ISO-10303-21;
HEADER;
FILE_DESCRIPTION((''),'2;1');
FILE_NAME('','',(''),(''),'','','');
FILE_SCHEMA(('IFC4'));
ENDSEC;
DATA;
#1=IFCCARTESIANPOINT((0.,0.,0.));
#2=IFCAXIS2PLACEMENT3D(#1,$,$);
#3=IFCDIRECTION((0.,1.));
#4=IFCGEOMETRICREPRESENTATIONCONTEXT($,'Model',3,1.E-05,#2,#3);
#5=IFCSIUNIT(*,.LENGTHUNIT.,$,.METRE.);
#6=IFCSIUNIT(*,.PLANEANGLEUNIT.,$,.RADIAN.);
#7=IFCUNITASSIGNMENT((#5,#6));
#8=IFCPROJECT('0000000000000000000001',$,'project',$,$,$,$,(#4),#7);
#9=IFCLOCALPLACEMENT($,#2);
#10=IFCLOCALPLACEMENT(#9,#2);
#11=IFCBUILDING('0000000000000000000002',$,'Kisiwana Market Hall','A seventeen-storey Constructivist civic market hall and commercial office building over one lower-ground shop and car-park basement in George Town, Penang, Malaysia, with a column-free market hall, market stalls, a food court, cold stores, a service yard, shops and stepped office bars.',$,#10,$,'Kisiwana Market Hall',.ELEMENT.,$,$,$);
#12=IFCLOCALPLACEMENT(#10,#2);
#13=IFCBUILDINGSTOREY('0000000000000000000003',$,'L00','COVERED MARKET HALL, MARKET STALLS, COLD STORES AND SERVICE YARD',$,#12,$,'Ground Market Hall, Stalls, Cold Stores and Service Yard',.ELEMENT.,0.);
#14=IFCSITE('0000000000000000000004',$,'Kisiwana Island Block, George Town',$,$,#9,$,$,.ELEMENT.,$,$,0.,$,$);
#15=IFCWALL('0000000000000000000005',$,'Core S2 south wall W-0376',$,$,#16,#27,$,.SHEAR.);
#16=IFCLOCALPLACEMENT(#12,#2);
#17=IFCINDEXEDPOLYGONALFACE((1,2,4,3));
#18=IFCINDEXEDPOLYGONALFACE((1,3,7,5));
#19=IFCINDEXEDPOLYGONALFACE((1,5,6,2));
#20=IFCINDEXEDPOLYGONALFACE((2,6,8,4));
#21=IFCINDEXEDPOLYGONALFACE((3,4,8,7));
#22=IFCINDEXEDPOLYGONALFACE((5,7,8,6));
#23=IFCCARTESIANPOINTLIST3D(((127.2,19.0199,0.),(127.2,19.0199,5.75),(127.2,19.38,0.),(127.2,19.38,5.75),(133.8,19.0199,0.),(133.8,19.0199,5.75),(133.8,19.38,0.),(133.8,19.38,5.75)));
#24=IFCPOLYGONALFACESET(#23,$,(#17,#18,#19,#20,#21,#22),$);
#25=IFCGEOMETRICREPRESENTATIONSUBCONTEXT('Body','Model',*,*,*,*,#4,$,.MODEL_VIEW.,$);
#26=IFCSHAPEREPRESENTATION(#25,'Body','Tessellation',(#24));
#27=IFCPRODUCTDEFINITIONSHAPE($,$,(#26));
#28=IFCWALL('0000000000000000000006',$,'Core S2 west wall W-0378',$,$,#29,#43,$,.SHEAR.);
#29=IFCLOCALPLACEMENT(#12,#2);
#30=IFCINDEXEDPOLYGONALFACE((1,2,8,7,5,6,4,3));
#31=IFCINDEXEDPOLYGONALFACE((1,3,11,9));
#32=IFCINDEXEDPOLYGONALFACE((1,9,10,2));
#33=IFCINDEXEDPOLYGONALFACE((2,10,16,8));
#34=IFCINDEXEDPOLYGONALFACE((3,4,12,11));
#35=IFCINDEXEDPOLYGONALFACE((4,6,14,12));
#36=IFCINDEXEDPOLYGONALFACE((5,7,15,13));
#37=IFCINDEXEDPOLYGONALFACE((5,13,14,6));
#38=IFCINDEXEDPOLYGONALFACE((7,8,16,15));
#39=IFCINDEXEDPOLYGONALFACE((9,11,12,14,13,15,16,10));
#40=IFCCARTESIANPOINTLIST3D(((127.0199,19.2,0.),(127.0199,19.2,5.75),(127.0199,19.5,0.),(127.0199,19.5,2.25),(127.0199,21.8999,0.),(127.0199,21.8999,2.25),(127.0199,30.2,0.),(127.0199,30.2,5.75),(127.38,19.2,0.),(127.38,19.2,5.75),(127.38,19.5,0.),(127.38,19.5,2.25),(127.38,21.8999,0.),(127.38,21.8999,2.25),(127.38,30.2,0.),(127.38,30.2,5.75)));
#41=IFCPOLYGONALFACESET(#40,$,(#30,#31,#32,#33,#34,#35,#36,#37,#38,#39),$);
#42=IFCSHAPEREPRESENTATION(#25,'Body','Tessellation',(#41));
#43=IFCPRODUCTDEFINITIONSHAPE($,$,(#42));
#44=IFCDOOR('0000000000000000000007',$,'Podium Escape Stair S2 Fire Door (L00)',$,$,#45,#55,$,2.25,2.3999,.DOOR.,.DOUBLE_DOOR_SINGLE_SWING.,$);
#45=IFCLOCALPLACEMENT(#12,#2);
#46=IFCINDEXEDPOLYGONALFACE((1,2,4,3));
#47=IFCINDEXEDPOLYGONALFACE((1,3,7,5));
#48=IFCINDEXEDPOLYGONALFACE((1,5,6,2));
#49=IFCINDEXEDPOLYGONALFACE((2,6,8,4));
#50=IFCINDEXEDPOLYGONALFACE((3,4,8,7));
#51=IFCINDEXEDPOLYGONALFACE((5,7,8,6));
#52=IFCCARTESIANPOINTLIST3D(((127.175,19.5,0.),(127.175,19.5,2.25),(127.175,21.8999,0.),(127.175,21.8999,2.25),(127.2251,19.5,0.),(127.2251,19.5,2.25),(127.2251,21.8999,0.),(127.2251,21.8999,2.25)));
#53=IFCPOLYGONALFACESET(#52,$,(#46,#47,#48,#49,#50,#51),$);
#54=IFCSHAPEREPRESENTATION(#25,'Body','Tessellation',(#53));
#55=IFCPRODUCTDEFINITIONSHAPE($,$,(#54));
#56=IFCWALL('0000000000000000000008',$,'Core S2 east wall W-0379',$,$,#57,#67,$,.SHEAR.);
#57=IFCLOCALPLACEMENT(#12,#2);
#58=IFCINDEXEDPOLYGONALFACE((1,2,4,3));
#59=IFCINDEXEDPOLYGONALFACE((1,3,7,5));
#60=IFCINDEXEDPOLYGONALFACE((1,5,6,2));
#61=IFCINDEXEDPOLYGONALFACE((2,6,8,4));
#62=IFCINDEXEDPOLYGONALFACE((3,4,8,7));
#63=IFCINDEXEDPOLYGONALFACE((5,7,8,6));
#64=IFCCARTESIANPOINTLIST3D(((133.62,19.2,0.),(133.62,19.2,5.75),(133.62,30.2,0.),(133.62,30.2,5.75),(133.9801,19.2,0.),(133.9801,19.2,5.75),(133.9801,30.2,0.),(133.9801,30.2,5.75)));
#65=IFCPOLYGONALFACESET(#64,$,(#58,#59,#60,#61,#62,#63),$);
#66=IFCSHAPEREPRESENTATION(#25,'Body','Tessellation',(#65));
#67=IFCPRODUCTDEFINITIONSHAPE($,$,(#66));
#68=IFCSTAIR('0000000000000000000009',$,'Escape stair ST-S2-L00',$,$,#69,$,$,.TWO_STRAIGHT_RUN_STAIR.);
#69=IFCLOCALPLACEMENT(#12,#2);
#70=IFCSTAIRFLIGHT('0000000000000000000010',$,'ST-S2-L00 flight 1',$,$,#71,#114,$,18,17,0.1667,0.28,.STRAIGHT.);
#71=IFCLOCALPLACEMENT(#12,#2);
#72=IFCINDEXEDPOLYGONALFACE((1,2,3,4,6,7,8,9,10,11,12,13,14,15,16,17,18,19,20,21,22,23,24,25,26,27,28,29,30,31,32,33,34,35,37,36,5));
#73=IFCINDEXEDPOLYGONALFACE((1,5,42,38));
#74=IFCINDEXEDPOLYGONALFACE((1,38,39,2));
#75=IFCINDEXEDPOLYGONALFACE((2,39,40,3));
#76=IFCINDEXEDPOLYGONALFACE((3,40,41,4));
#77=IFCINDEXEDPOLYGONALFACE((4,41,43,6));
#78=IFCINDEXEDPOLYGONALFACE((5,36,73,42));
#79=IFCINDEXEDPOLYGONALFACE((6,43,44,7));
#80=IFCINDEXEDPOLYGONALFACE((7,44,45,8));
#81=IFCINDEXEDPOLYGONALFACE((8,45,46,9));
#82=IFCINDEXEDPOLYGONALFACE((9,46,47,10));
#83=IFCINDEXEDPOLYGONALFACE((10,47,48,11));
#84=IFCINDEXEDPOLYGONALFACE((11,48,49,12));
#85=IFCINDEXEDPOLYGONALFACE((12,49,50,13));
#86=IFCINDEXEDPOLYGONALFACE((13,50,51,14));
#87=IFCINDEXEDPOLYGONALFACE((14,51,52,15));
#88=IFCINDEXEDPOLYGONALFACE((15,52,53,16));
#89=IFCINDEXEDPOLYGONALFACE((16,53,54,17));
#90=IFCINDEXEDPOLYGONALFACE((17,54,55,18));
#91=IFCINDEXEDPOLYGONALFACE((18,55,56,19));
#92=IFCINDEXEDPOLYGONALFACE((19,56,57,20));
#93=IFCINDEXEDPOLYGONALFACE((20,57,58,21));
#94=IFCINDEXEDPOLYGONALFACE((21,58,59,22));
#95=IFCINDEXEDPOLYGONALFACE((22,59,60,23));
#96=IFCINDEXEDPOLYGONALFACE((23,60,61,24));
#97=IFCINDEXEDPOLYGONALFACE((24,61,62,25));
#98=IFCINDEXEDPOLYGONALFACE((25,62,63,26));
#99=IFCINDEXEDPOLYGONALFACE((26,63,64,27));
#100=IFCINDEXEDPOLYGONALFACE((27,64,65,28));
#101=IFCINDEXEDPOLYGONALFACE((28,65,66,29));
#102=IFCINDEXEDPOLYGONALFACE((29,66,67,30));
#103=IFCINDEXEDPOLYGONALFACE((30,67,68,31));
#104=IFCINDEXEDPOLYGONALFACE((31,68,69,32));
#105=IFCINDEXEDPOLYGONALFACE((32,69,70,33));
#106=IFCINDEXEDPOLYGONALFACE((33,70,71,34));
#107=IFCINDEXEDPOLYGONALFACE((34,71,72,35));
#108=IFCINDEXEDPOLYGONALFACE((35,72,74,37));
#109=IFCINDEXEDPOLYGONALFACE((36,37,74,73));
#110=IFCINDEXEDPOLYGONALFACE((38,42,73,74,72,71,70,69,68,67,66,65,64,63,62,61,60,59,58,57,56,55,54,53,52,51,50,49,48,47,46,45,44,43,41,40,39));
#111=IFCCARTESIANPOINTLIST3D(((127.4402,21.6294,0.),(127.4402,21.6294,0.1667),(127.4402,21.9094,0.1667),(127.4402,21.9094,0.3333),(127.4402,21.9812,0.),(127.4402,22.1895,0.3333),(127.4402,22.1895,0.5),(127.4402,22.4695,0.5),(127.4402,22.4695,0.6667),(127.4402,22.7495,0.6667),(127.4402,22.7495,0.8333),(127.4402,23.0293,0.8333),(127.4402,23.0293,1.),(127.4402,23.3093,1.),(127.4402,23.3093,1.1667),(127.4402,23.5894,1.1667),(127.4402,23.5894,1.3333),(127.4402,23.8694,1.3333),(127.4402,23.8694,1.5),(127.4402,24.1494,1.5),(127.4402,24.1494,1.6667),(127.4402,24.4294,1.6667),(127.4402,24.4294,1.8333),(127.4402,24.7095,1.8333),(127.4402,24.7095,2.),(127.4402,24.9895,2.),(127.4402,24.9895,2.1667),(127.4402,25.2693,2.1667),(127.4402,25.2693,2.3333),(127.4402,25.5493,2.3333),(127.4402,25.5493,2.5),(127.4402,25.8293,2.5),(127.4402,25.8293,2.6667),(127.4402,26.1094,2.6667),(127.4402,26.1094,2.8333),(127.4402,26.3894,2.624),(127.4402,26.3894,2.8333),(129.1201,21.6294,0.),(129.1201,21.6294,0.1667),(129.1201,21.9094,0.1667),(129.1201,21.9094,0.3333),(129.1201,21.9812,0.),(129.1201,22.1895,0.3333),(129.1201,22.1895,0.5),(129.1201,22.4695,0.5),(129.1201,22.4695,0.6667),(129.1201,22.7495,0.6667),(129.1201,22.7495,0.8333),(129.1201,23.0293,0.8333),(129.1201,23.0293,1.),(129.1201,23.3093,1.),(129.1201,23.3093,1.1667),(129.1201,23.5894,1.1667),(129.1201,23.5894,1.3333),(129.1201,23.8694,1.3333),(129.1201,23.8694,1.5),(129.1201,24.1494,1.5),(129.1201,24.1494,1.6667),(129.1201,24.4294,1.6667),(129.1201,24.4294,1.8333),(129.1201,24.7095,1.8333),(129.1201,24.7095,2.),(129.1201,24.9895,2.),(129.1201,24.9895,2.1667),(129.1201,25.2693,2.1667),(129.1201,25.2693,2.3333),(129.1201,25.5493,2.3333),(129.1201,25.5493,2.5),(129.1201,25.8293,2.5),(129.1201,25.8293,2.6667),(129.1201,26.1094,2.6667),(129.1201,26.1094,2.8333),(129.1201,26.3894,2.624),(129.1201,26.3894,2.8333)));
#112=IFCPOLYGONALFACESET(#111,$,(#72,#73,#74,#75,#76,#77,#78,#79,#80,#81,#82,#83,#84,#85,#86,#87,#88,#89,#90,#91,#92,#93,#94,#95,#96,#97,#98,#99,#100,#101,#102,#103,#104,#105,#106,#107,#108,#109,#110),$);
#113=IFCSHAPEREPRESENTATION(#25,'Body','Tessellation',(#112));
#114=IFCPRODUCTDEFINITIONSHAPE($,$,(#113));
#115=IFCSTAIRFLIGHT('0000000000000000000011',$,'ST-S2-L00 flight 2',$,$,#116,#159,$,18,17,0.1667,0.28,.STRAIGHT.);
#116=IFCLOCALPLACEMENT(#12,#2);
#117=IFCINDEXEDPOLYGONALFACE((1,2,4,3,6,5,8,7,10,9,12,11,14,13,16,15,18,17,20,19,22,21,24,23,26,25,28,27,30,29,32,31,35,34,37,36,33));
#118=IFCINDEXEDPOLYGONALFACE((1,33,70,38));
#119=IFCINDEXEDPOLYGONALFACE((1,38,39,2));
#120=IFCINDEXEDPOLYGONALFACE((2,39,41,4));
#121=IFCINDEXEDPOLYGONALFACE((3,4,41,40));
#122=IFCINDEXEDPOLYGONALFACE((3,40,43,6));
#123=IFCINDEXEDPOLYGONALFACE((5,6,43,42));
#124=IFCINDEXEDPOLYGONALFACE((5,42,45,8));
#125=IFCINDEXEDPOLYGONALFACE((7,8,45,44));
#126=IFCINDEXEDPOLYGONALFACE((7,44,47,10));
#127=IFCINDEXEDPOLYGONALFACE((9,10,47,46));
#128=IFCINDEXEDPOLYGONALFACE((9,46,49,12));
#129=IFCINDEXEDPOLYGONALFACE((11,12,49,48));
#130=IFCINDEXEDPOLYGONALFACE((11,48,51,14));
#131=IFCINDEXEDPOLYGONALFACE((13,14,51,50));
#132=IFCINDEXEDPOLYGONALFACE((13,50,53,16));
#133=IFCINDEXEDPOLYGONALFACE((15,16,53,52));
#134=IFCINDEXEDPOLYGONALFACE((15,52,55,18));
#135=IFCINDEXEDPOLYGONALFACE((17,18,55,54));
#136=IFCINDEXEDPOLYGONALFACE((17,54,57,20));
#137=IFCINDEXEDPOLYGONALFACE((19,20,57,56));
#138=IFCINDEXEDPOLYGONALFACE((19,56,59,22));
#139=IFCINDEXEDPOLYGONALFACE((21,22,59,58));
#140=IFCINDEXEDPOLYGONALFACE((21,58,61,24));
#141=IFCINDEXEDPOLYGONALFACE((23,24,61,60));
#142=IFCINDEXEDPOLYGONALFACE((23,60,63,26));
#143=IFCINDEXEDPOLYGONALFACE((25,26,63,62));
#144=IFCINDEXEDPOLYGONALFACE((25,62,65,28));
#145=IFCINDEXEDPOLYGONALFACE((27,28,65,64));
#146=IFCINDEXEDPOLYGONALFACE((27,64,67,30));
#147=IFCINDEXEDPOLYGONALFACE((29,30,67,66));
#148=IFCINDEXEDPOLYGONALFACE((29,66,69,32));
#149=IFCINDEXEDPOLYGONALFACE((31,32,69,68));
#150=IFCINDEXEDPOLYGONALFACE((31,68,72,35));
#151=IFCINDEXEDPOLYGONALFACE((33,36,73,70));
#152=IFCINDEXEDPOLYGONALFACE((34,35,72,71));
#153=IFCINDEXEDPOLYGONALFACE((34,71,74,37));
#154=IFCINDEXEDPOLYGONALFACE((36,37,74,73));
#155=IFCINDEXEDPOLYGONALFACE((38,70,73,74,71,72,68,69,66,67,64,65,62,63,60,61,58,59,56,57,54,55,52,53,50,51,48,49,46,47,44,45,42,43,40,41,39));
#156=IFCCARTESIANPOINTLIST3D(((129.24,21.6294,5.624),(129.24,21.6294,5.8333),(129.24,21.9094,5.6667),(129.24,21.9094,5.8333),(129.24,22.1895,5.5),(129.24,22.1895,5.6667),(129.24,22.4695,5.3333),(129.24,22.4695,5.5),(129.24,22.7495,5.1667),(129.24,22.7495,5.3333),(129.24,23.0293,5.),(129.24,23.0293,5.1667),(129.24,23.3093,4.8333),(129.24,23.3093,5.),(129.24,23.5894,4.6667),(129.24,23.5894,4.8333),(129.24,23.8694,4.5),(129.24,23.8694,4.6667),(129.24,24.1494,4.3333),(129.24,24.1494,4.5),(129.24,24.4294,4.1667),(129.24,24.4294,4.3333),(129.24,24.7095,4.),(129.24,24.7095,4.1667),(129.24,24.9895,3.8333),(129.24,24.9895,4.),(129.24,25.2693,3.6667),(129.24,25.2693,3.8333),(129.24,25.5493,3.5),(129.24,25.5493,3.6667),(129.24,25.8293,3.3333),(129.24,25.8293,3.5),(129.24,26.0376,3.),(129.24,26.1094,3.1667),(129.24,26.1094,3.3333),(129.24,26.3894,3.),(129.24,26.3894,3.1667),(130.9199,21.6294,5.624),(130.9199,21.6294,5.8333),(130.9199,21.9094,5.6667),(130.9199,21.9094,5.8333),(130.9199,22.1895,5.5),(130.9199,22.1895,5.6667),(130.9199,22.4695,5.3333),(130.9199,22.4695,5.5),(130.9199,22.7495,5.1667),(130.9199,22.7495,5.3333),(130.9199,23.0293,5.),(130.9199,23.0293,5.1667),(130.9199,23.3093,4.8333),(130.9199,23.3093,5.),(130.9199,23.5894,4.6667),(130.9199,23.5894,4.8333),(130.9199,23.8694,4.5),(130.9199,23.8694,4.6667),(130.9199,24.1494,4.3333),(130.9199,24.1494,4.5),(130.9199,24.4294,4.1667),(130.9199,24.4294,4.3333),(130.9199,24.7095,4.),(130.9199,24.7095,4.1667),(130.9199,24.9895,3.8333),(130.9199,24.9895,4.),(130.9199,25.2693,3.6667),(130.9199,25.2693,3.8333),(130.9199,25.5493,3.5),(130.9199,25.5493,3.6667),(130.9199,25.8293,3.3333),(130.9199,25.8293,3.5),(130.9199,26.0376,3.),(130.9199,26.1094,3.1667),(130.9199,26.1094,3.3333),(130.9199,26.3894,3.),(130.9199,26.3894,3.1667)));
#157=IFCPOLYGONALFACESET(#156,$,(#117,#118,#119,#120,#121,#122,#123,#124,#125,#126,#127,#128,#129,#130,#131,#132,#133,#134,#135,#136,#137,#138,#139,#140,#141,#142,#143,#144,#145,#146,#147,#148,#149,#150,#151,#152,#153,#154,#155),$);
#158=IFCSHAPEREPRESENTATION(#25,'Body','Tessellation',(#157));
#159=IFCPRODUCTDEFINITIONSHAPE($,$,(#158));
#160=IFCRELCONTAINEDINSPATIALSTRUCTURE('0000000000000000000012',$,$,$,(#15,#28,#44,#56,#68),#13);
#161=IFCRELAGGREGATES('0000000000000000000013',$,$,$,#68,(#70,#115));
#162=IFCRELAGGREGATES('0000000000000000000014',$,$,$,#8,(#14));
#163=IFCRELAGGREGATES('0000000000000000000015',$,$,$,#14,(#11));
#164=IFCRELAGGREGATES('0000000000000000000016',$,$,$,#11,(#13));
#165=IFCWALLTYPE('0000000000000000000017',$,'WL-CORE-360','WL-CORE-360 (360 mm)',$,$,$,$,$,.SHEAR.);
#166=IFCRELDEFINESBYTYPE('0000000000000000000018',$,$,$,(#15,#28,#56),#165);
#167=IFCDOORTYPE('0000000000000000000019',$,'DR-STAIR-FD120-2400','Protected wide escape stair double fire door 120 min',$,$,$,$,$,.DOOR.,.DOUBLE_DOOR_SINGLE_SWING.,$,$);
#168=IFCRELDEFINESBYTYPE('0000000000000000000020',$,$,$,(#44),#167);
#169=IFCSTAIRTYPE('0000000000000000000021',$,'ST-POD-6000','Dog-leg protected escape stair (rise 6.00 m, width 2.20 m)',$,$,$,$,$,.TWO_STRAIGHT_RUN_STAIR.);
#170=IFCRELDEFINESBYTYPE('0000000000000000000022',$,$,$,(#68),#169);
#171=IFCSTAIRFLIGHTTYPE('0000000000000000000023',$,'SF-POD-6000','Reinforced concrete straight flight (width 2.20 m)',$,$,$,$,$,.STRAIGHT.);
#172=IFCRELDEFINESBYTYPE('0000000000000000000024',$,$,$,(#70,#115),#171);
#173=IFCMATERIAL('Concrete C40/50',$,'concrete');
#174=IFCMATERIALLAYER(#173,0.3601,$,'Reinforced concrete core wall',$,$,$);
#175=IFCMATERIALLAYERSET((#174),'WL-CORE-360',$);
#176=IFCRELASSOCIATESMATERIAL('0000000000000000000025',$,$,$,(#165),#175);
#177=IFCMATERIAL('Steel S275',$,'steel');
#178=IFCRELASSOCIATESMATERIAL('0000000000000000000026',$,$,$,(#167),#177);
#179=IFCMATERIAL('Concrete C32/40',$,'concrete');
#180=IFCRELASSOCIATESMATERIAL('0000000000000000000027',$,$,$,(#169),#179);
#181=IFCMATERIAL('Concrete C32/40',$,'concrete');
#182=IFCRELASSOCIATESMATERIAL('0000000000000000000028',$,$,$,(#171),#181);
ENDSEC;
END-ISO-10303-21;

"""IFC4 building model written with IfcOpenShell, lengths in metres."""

from ifc_helpers import new_model, si_unit, direction, frame, frame_2d, origin, place, context, subcontext, project, spatial, polyline, rectangle, outline, extrude, material, layer, layer_set, type_object, element, fill, aggregate, save


model = new_model("IFC4")

# Units and contexts
model_context = context("Model", 3, precision=1e-05, world=origin(), true_north=direction((0.0, 1.0)))
body_context = subcontext(model_context, "Body", "Model", "MODEL_VIEW")
ifc_project = project(units=[si_unit("LENGTHUNIT", "METRE"), si_unit("PLANEANGLEUNIT", "RADIAN")], contexts=[model_context])

# Site, building, storey
site_placement = place(None, origin())
site = spatial("IfcSite", under=ifc_project, at=site_placement, Name="Kisiwana Island Block, George Town", CompositionType="ELEMENT", RefElevation=0.0)
building_placement = place(site_placement, origin())
building = spatial("IfcBuilding", under=site, at=building_placement, Name="Kisiwana Market Hall", Description="A seventeen-storey Constructivist civic market hall and commercial office building over one lower-ground shop and car-park basement in George Town, Penang, Malaysia, with a column-free market hall, market stalls, a food court, cold stores, a service yard, shops and stepped office bars.", LongName="Kisiwana Market Hall", CompositionType="ELEMENT")
storey_placement = place(building_placement, origin())
storey = spatial("IfcBuildingStorey", under=building, at=storey_placement, Name="L00", Description="COVERED MARKET HALL, MARKET STALLS, COLD STORES AND SERVICE YARD", LongName="Ground Market Hall, Stalls, Cold Stores and Service Yard", CompositionType="ELEMENT", Elevation=0.0)

# Wall
ifc_material_1 = material(Name="Concrete C40/50", Category="concrete")
ifc_layer_1 = layer(ifc_material_1, 0.3601, Name="Reinforced concrete core wall")
ifc_layer_set_1 = layer_set([ifc_layer_1], Name="WL-CORE-360")
wall_type_1 = type_object("IfcWallType", Name="WL-CORE-360", Description="WL-CORE-360 (360 mm)", PredefinedType="SHEAR", material=ifc_layer_set_1)
wall_1_placement = place(storey_placement, frame((127.2, 19.2, 0.0), z_axis=(0.0, 0.0, 1.0), x_axis=(1.0, 0.0, 0.0)))
element("IfcWall", 1, at=wall_1_placement, inside=storey, type_object=wall_type_1, Name="Core S2 south wall W-0376", PredefinedType="SHEAR", context=body_context, shape_type="SweptSolid", body=[
    extrude(rectangle(XDim=6.6001, YDim=0.3601, at=frame_2d((3.3, 0.0))), origin(), (0.0, 0.0, 1.0), 5.75),
])

# Wall, opening, door
wall_2_placement = place(storey_placement, frame((127.2, 19.2, 0.0), z_axis=(0.0, 0.0, 1.0), x_axis=(0.0, 1.0, 0.0)))
wall_2 = element("IfcWall", 2, at=wall_2_placement, inside=storey, type_object=wall_type_1, Name="Core S2 west wall W-0378", PredefinedType="SHEAR", context=body_context, shape_type="SweptSolid", body=[
    extrude(rectangle(XDim=11.0, YDim=0.3601, at=frame_2d((5.5, 0.0))), origin(), (0.0, 0.0, 1.0), 5.75),
])
opening_1_placement = place(wall_2_placement, frame((0.3, 0.0, 0.0)))
opening_1 = element("IfcOpeningElement", 3, at=opening_1_placement, cuts=wall_2, PredefinedType="OPENING", context=body_context, shape_type="SweptSolid", body=[
    extrude(rectangle(XDim=2.3999, YDim=2.25, at=frame_2d((1.2, 1.125))), frame((0.0, 0.1919, 0.0), z_axis=(0.0, -1.0, 0.0), x_axis=(1.0, 0.0, 0.0)), (0.0, 0.0, 1.0), 0.384),
])
ifc_material_2 = material(Name="Steel S275", Category="steel")
door_type_1 = type_object("IfcDoorType", Name="DR-STAIR-FD120-2400", Description="Protected wide escape stair double fire door 120 min", OperationType="DOUBLE_DOOR_SINGLE_SWING", PredefinedType="DOOR", material=ifc_material_2)
door_1_placement = place(opening_1_placement, origin())
door_1 = element("IfcDoor", 4, at=door_1_placement, inside=storey, type_object=door_type_1, Name="Podium Escape Stair S2 Fire Door (L00)", OperationType="DOUBLE_DOOR_SINGLE_SWING", OverallHeight=2.25, OverallWidth=2.3999, PredefinedType="DOOR", context=body_context, shape_type="SweptSolid", body=[
    extrude(rectangle(XDim=2.3999, YDim=2.25, at=frame_2d((1.2, 1.125))), frame((0.0, 0.0249, 0.0), z_axis=(0.0, -1.0, 0.0), x_axis=(1.0, 0.0, 0.0)), (0.0, 0.0, 1.0), 0.05),
])
fill(opening_1, door_1)

# Wall
wall_3_placement = place(storey_placement, frame((133.8, 19.2, 0.0), z_axis=(0.0, 0.0, 1.0), x_axis=(0.0, 1.0, 0.0)))
element("IfcWall", 5, at=wall_3_placement, inside=storey, type_object=wall_type_1, Name="Core S2 east wall W-0379", PredefinedType="SHEAR", context=body_context, shape_type="SweptSolid", body=[
    extrude(rectangle(XDim=11.0, YDim=0.3601, at=frame_2d((5.5, 0.0))), origin(), (0.0, 0.0, 1.0), 5.75),
])

# Stair, stair flights
ifc_material_3 = material(Name="Concrete C32/40", Category="concrete")
stair_type = type_object("IfcStairType", Name="ST-POD-6000", Description="Dog-leg protected escape stair (rise 6.00 m, width 2.20 m)", PredefinedType="TWO_STRAIGHT_RUN_STAIR", material=ifc_material_3)
stair_placement = place(storey_placement, origin())
stair = element("IfcStair", 6, at=stair_placement, inside=storey, type_object=stair_type, Name="Escape stair ST-S2-L00", PredefinedType="TWO_STRAIGHT_RUN_STAIR")
ifc_material_4 = material(Name="Concrete C32/40", Category="concrete")
stair_flight_type = type_object("IfcStairFlightType", Name="SF-POD-6000", Description="Reinforced concrete straight flight (width 2.20 m)", PredefinedType="STRAIGHT", material=ifc_material_4)
stair_flight_1_placement = place(storey_placement, frame((128.28, 21.6294, 0.0), z_axis=(0.0, 0.0, 1.0), x_axis=(0.0, 1.0, 0.0)))
stair_flight_1 = element("IfcStairFlight", 7, at=stair_flight_1_placement, type_object=stair_flight_type, Name="ST-S2-L00 flight 1", NumberOfRisers=18, NumberOfTreads=17, PredefinedType="STRAIGHT", RiserHeight=0.1667, TreadLength=0.28, context=body_context, shape_type="SweptSolid", body=[
    extrude(outline(polyline([(0.0, 0.0), (0.0, 0.1667), (0.28, 0.1667), (0.28, 0.3333), (0.5601, 0.3333), (0.5601, 0.5), (0.8401, 0.5), (0.8401, 0.6667), (1.1201, 0.6667), (1.1201, 0.8333), (1.3999, 0.8333), (1.3999, 1.0), (1.6799, 1.0), (1.6799, 1.1667), (1.96, 1.1667), (1.96, 1.3333), (2.24, 1.3333), (2.24, 1.5), (2.52, 1.5), (2.52, 1.6667), (2.8, 1.6667), (2.8, 1.8333), (3.0801, 1.8333), (3.0801, 2.0), (3.3601, 2.0), (3.3601, 2.1667), (3.6399, 2.1667), (3.6399, 2.3333), (3.9199, 2.3333), (3.9199, 2.5), (4.2, 2.5), (4.2, 2.6667), (4.48, 2.6667), (4.48, 2.8333), (4.76, 2.8333), (4.76, 3.0), (4.76, 2.624), (0.3518, 0.0), (0.0, 0.0)])), frame((0.0, 0.8398, 0.0), z_axis=(0.0, -1.0, 0.0), x_axis=(1.0, 0.0, 0.0)), (0.0, 0.0, 1.0), 1.6799),
])
stair_flight_2_placement = place(storey_placement, frame((130.0801, 26.3894, 3.0), z_axis=(0.0, 0.0, 1.0), x_axis=(0.0, -1.0, 0.0)))
stair_flight_2 = element("IfcStairFlight", 8, at=stair_flight_2_placement, type_object=stair_flight_type, Name="ST-S2-L00 flight 2", NumberOfRisers=18, NumberOfTreads=17, PredefinedType="STRAIGHT", RiserHeight=0.1667, TreadLength=0.28, context=body_context, shape_type="SweptSolid", body=[
    extrude(outline(polyline([(0.0, 0.0), (0.0, 0.1667), (0.28, 0.1667), (0.28, 0.3333), (0.5601, 0.3333), (0.5601, 0.5), (0.8401, 0.5), (0.8401, 0.6667), (1.1201, 0.6667), (1.1201, 0.8333), (1.3999, 0.8333), (1.3999, 1.0), (1.6799, 1.0), (1.6799, 1.1667), (1.96, 1.1667), (1.96, 1.3333), (2.24, 1.3333), (2.24, 1.5), (2.52, 1.5), (2.52, 1.6667), (2.8, 1.6667), (2.8, 1.8333), (3.0801, 1.8333), (3.0801, 2.0), (3.3601, 2.0), (3.3601, 2.1667), (3.6399, 2.1667), (3.6399, 2.3333), (3.9199, 2.3333), (3.9199, 2.5), (4.2, 2.5), (4.2, 2.6667), (4.48, 2.6667), (4.48, 2.8333), (4.76, 2.8333), (4.76, 3.0), (4.76, 2.624), (0.3518, 0.0), (0.0, 0.0)])), frame((0.0, 0.8398, 0.0), z_axis=(0.0, -1.0, 0.0), x_axis=(1.0, 0.0, 0.0)), (0.0, 0.0, 1.0), 1.6799),
])
aggregate(stair, [stair_flight_1, stair_flight_2])

save(model, "model.ifc")
